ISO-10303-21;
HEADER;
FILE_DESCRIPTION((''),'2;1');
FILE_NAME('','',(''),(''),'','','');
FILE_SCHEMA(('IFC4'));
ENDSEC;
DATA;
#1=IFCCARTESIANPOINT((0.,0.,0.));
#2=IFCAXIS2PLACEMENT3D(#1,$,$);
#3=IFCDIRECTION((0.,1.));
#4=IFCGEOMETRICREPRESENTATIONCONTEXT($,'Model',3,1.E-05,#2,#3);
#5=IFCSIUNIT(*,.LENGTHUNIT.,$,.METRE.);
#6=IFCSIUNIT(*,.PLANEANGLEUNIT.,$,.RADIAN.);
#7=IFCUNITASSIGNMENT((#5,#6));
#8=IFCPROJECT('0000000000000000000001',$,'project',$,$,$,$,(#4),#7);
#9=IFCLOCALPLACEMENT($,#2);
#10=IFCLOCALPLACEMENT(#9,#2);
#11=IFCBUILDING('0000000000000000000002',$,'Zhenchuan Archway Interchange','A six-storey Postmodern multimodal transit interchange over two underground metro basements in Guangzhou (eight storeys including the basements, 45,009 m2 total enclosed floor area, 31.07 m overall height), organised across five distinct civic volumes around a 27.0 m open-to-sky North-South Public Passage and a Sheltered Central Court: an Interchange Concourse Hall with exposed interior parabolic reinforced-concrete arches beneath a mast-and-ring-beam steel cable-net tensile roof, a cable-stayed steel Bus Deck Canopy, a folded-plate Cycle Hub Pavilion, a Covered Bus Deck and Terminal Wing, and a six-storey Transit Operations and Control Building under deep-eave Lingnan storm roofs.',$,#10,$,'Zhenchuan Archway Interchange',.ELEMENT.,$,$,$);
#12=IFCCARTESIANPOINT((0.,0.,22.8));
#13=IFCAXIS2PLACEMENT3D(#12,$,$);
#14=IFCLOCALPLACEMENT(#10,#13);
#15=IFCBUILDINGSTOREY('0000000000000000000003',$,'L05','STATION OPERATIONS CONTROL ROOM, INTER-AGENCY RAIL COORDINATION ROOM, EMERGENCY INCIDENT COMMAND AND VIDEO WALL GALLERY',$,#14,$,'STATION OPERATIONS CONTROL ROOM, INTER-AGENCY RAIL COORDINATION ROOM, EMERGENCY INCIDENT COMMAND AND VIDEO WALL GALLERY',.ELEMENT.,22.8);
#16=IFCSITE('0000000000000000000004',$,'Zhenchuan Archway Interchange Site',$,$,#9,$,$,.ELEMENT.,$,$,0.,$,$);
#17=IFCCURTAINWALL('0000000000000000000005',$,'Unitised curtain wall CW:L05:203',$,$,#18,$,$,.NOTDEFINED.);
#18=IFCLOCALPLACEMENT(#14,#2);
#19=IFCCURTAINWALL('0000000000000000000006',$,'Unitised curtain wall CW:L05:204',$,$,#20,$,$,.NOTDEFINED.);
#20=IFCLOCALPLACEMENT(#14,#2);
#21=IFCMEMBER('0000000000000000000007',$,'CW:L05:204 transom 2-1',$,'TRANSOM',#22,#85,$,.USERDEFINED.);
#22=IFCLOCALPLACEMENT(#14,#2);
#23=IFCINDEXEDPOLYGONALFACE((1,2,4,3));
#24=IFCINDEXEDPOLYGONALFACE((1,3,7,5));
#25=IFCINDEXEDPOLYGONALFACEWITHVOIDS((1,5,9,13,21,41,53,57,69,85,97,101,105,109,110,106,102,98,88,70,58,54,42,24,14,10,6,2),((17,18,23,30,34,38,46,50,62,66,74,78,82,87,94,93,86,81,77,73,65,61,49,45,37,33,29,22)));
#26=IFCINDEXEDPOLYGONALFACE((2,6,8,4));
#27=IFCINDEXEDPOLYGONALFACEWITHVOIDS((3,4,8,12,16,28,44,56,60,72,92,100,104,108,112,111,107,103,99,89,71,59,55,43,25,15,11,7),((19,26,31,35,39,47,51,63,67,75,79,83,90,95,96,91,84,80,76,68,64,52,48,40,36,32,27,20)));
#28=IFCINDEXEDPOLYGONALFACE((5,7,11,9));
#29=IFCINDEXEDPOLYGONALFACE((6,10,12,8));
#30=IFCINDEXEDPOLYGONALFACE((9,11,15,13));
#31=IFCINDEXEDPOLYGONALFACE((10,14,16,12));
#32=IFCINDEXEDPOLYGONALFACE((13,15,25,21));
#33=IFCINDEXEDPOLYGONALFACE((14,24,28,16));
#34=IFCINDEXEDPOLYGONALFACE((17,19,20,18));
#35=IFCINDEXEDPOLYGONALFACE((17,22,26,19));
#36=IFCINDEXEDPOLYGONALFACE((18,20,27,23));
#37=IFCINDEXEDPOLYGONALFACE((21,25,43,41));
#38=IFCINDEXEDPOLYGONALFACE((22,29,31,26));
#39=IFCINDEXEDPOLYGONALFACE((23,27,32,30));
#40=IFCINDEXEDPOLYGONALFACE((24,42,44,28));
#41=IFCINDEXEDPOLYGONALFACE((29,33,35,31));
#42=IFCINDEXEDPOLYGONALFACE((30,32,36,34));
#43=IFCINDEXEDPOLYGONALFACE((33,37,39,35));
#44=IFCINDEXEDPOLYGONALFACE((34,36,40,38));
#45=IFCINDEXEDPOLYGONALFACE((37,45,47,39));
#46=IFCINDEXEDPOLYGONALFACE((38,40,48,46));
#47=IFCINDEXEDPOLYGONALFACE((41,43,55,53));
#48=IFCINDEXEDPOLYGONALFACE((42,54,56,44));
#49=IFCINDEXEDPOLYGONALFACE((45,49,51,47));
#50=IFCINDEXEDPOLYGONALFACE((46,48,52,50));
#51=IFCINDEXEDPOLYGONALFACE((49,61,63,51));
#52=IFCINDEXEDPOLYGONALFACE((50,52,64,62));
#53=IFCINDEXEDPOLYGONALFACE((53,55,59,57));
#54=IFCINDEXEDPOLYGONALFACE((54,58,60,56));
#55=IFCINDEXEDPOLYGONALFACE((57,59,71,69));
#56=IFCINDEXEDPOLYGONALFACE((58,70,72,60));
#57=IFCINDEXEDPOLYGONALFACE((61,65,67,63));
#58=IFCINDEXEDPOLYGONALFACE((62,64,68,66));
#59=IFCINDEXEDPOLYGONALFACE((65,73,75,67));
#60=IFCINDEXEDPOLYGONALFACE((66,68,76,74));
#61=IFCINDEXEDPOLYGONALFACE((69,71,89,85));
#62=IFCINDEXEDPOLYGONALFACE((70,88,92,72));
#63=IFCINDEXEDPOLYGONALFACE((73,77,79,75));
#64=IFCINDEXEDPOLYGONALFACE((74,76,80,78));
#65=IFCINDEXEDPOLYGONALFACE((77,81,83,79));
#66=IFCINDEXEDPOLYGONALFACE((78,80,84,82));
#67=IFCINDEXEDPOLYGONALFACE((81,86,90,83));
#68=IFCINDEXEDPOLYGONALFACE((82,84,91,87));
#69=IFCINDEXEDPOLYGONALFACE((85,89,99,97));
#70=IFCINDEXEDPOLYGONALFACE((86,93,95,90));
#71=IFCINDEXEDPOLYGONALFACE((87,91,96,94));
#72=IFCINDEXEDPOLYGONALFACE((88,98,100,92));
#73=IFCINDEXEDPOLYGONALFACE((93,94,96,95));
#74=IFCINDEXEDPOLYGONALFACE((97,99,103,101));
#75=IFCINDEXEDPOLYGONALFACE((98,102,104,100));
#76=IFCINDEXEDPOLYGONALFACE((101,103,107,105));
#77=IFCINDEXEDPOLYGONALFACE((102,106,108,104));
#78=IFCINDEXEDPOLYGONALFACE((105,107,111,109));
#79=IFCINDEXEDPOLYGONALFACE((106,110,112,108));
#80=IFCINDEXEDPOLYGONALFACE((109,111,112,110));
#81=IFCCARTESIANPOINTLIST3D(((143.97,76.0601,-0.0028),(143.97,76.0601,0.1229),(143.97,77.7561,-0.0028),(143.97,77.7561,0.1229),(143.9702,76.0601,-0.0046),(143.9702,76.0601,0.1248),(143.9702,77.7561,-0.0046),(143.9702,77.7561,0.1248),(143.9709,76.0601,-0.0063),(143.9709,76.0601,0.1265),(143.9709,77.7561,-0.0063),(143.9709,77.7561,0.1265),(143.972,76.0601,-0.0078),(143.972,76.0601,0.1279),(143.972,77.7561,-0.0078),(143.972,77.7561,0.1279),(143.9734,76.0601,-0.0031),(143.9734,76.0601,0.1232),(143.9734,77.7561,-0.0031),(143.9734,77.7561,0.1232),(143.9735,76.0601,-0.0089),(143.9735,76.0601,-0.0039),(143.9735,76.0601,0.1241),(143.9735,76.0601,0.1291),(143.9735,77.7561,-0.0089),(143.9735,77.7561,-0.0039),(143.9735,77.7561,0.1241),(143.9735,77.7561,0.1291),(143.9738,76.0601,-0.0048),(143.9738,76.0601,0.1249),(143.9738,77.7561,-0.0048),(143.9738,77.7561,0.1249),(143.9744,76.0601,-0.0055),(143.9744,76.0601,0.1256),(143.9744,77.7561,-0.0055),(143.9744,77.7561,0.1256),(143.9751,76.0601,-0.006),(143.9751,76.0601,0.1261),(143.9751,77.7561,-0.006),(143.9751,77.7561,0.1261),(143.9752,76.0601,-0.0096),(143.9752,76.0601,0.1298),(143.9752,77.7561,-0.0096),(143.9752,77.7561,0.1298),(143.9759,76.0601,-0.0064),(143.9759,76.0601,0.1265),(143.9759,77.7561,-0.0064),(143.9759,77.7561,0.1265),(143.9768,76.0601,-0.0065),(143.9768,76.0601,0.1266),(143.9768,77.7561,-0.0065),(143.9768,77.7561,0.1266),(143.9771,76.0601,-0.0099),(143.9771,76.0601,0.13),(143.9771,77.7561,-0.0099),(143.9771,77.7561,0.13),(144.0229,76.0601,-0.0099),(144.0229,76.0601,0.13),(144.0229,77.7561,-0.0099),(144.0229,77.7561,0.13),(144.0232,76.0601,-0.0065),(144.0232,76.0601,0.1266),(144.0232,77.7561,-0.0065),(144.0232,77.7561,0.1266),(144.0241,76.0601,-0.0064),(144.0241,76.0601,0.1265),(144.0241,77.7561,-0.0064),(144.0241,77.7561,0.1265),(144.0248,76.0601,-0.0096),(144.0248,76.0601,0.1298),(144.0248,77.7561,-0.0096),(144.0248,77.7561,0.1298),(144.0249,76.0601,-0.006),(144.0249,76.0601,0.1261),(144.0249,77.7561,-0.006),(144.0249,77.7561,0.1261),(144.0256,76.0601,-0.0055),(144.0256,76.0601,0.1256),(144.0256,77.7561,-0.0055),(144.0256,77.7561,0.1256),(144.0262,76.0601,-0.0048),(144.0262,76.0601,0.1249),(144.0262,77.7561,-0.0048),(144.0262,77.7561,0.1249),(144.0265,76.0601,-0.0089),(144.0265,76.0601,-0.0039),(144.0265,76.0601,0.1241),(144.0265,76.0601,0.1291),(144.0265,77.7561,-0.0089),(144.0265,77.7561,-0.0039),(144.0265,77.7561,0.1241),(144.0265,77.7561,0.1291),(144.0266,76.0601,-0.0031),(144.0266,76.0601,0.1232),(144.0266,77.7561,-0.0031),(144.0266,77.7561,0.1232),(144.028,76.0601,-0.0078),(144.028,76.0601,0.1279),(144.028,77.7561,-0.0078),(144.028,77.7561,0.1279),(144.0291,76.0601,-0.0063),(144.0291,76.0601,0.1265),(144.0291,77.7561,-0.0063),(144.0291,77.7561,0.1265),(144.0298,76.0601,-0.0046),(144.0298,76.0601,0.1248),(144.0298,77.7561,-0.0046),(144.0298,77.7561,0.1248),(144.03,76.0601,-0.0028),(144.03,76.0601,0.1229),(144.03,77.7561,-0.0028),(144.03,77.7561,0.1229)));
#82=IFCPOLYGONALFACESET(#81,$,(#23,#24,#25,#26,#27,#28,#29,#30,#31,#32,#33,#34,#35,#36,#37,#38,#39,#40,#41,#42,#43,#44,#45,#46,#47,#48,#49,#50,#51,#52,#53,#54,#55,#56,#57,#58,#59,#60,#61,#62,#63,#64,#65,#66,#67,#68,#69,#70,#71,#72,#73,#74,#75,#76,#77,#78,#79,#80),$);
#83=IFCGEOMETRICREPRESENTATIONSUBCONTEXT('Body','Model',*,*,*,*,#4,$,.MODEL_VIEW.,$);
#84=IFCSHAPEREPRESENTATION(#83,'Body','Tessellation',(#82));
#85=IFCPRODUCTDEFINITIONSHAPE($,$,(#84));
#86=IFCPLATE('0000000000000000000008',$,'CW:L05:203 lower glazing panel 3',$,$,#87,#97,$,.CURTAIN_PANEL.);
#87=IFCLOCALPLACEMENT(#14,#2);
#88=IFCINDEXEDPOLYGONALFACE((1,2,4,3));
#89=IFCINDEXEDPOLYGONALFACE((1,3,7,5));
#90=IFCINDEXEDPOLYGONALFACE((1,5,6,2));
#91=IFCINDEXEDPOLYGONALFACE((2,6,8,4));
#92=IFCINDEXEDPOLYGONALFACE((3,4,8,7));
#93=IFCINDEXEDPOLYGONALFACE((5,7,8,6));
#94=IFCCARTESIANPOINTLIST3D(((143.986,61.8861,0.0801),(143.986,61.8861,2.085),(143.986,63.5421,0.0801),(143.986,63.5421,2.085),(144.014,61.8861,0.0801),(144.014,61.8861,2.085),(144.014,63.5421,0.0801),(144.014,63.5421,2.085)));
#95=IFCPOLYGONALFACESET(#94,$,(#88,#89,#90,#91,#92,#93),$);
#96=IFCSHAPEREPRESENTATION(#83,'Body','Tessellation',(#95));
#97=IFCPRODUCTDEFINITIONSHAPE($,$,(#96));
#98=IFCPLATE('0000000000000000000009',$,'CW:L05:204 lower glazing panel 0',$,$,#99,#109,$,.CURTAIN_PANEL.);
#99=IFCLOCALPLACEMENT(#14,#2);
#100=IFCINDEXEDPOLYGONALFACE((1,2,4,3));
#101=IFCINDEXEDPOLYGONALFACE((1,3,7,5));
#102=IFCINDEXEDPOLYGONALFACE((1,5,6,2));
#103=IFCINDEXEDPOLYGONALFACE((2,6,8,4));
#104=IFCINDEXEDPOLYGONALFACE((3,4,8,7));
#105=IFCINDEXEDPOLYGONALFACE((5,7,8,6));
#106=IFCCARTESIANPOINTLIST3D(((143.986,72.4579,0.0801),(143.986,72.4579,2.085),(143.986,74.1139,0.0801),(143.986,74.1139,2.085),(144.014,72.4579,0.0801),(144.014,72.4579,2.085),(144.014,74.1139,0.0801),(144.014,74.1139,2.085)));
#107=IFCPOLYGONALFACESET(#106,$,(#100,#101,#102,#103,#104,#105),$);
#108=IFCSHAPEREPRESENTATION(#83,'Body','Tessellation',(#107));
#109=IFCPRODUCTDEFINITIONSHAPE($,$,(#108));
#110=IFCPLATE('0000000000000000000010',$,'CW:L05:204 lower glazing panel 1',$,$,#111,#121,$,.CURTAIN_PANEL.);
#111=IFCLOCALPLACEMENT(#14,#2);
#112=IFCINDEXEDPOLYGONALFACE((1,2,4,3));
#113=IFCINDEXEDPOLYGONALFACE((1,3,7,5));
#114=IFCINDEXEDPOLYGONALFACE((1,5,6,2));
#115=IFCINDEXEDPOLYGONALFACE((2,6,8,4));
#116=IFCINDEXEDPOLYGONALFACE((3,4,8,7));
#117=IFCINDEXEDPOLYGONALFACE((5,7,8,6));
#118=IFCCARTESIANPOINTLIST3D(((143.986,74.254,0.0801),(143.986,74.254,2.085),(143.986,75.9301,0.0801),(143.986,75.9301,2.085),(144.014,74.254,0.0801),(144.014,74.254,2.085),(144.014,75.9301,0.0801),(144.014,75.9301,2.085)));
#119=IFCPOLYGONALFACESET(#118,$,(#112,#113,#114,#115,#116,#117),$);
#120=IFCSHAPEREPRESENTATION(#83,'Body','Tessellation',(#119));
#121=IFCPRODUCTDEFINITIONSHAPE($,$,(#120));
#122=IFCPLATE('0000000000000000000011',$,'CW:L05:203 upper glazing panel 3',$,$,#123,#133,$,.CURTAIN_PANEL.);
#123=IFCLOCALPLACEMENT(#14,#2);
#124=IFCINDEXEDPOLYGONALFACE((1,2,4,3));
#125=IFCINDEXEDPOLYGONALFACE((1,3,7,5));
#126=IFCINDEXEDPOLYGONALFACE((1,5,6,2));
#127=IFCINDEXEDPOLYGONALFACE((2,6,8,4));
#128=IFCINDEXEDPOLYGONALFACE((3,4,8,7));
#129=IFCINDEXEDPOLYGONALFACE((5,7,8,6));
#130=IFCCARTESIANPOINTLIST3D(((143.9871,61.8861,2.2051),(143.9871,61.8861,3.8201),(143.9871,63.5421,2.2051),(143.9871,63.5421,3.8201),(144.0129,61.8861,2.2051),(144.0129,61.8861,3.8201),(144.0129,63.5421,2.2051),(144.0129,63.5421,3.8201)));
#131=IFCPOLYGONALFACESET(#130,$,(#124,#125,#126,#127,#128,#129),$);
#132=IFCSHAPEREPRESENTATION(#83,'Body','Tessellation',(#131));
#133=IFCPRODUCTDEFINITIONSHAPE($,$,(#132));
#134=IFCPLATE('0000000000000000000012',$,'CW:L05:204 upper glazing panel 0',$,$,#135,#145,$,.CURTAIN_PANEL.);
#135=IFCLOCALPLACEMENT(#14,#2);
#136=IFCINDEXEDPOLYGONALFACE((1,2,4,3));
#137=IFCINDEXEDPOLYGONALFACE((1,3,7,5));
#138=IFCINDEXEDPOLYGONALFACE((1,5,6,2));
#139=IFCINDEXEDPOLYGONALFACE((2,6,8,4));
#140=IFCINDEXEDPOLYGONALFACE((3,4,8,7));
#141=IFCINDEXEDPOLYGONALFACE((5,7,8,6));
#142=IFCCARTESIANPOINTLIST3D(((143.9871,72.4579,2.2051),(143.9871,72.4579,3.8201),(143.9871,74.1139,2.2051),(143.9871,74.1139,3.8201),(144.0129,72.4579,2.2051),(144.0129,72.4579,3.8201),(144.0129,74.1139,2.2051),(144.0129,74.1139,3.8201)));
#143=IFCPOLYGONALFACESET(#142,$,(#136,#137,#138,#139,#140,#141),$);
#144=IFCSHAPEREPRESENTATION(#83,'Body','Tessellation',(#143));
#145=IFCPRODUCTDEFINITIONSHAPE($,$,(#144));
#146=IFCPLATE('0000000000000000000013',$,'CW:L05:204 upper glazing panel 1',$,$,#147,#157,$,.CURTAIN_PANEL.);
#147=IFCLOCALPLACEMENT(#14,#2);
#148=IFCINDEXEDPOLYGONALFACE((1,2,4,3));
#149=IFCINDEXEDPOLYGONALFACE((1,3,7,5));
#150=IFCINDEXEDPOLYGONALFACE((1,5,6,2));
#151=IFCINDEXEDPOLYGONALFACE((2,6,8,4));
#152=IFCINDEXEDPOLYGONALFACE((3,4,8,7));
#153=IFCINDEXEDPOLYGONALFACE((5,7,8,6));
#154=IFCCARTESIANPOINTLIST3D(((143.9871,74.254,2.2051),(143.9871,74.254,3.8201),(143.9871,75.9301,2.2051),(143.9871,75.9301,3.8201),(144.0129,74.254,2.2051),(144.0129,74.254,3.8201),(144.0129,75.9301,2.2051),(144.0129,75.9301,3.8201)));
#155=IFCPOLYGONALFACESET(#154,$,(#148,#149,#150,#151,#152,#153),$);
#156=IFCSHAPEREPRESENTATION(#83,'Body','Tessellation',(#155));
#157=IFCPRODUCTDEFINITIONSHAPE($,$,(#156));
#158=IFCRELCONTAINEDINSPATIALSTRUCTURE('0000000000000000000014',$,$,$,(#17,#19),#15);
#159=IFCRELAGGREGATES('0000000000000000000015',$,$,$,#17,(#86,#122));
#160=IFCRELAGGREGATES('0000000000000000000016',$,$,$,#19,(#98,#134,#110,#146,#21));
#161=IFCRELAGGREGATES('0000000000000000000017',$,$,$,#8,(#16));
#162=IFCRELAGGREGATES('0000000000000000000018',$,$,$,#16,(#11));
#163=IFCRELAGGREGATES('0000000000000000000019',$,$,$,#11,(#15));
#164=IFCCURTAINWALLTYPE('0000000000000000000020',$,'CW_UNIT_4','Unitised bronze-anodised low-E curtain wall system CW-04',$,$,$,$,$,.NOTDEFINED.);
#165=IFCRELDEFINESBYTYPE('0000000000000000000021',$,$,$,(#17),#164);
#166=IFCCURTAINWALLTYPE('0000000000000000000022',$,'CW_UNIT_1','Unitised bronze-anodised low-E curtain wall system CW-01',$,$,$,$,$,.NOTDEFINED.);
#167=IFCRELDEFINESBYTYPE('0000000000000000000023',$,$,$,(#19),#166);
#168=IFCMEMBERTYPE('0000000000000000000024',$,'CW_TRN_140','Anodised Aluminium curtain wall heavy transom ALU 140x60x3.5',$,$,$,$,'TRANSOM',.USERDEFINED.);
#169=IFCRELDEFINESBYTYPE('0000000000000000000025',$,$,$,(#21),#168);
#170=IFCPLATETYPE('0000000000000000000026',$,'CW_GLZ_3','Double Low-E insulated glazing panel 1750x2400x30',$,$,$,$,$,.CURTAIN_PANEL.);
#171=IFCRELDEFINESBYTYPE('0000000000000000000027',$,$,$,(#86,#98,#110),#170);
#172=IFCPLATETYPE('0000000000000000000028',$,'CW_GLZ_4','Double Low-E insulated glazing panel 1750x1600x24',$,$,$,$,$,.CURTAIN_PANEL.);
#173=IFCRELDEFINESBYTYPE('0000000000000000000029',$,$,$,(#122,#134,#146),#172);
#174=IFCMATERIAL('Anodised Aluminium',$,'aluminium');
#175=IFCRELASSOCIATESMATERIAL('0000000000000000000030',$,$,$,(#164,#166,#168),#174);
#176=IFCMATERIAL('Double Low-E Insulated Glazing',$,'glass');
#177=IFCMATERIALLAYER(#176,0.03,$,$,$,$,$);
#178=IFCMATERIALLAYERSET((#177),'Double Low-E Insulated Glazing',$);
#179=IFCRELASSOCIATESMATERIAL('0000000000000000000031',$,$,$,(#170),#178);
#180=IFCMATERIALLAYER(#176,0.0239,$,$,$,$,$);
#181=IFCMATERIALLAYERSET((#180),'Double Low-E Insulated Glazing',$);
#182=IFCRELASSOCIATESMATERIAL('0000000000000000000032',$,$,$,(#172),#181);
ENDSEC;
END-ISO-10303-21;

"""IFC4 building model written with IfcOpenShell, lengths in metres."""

from ifc_helpers import new_model, si_unit, direction, frame, origin, origin_2d, place, context, subcontext, project, spatial, rectangle, hollow_rectangle, extrude, material, layer, layer_set, material_profile, profile_set, type_object, element, aggregate, save


model = new_model("IFC4")

# Units and contexts
model_context = context("Model", 3, precision=1e-05, world=origin(), true_north=direction((0.0, 1.0)))
body_context = subcontext(model_context, "Body", "Model", "MODEL_VIEW")
ifc_project = project(units=[si_unit("LENGTHUNIT", "METRE"), si_unit("PLANEANGLEUNIT", "RADIAN")], contexts=[model_context])

# Site, building, storey
site_placement = place(None, origin())
site = spatial("IfcSite", under=ifc_project, at=site_placement, Name="Zhenchuan Archway Interchange Site", CompositionType="ELEMENT", RefElevation=0.0)
building_placement = place(site_placement, origin())
building = spatial("IfcBuilding", under=site, at=building_placement, Name="Zhenchuan Archway Interchange", Description="A six-storey Postmodern multimodal transit interchange over two underground metro basements in Guangzhou (eight storeys including the basements, 45,009 m2 total enclosed floor area, 31.07 m overall height), organised across five distinct civic volumes around a 27.0 m open-to-sky North-South Public Passage and a Sheltered Central Court: an Interchange Concourse Hall with exposed interior parabolic reinforced-concrete arches beneath a mast-and-ring-beam steel cable-net tensile roof, a cable-stayed steel Bus Deck Canopy, a folded-plate Cycle Hub Pavilion, a Covered Bus Deck and Terminal Wing, and a six-storey Transit Operations and Control Building under deep-eave Lingnan storm roofs.", LongName="Zhenchuan Archway Interchange", CompositionType="ELEMENT")
storey_placement = place(building_placement, frame((0.0, 0.0, 22.8)))
storey = spatial("IfcBuildingStorey", under=building, at=storey_placement, Name="L05", Description="STATION OPERATIONS CONTROL ROOM, INTER-AGENCY RAIL COORDINATION ROOM, EMERGENCY INCIDENT COMMAND AND VIDEO WALL GALLERY", LongName="STATION OPERATIONS CONTROL ROOM, INTER-AGENCY RAIL COORDINATION ROOM, EMERGENCY INCIDENT COMMAND AND VIDEO WALL GALLERY", CompositionType="ELEMENT", Elevation=22.8)

# Curtain wall
ifc_material_1 = material(Name="Anodised Aluminium", Category="aluminium")
curtain_wall_type_1 = type_object("IfcCurtainWallType", Name="CW_UNIT_4", Description="Unitised bronze-anodised low-E curtain wall system CW-04", PredefinedType="NOTDEFINED", material=ifc_material_1)
curtain_wall_1_placement = place(storey_placement, origin())
curtain_wall_1 = element("IfcCurtainWall", 1, at=curtain_wall_1_placement, inside=storey, type_object=curtain_wall_type_1, Name="Unitised curtain wall CW:L05:203", PredefinedType="NOTDEFINED")

# Curtain wall
curtain_wall_type_2 = type_object("IfcCurtainWallType", Name="CW_UNIT_1", Description="Unitised bronze-anodised low-E curtain wall system CW-01", PredefinedType="NOTDEFINED", material=ifc_material_1)
curtain_wall_2_placement = place(storey_placement, origin())
curtain_wall_2 = element("IfcCurtainWall", 2, at=curtain_wall_2_placement, inside=storey, type_object=curtain_wall_type_2, Name="Unitised curtain wall CW:L05:204", PredefinedType="NOTDEFINED")

# Member
ifc_material_profile_1 = material_profile(ifc_material_1, hollow_rectangle(XDim=0.0601, YDim=0.1399, WallThickness=0.0034, InnerFilletRadius=0.0034, OuterFilletRadius=0.0071, at=origin_2d()), Name="ALU 140x60x3.5")
ifc_profile_set_1 = profile_set([ifc_material_profile_1], Name="Anodised Aluminium")
member_type_1 = type_object("IfcMemberType", Name="CW_TRN_140", Description="Anodised Aluminium curtain wall heavy transom ALU 140x60x3.5", ElementType="TRANSOM", PredefinedType="USERDEFINED", material=ifc_profile_set_1)
member_1_placement = place(storey_placement, frame((144.0, 76.0601, 0.0601), z_axis=(0.0, 1.0, 0.0), x_axis=(-1.0, 0.0, 0.0)))
member_1 = element("IfcMember", 3, at=member_1_placement, type_object=member_type_1, Name="CW:L05:204 transom 2-1", ObjectType="TRANSOM", PredefinedType="USERDEFINED", context=body_context, shape_type="SweptSolid", body=[
    extrude(hollow_rectangle(XDim=0.0601, YDim=0.1399, WallThickness=0.0034, InnerFilletRadius=0.0034, OuterFilletRadius=0.0071, at=origin_2d()), origin(), (0.0, 0.0, 1.0), 1.696),
])

# Plates
ifc_material_2 = material(Name="Double Low-E Insulated Glazing", Category="glass")
ifc_layer_1 = layer(ifc_material_2, 0.03)
ifc_layer_set_1 = layer_set([ifc_layer_1], Name="Double Low-E Insulated Glazing")
plate_type_1 = type_object("IfcPlateType", Name="CW_GLZ_3", Description="Double Low-E insulated glazing panel 1750x2400x30", PredefinedType="CURTAIN_PANEL", material=ifc_layer_set_1)
plate_1_placement = place(storey_placement, frame((144.0, 62.7141, 0.0801), z_axis=(0.0, 0.0, 1.0), x_axis=(0.0, 1.0, 0.0)))
plate_1 = element("IfcPlate", 4, at=plate_1_placement, type_object=plate_type_1, Name="CW:L05:203 lower glazing panel 3", PredefinedType="CURTAIN_PANEL", context=body_context, shape_type="SweptSolid", body=[
    extrude(rectangle(XDim=1.656, YDim=0.0281, at=origin_2d()), origin(), (0.0, 0.0, 1.0), 2.0049),
])
plate_2_placement = place(storey_placement, frame((144.0, 73.2859, 0.0801), z_axis=(0.0, 0.0, 1.0), x_axis=(0.0, 1.0, 0.0)))
plate_2 = element("IfcPlate", 5, at=plate_2_placement, type_object=plate_type_1, Name="CW:L05:204 lower glazing panel 0", PredefinedType="CURTAIN_PANEL", context=body_context, shape_type="SweptSolid", body=[
    extrude(rectangle(XDim=1.656, YDim=0.0281, at=origin_2d()), origin(), (0.0, 0.0, 1.0), 2.0049),
])
plate_3_placement = place(storey_placement, frame((144.0, 75.092, 0.0801), z_axis=(0.0, 0.0, 1.0), x_axis=(0.0, 1.0, 0.0)))
plate_3 = element("IfcPlate", 6, at=plate_3_placement, type_object=plate_type_1, Name="CW:L05:204 lower glazing panel 1", PredefinedType="CURTAIN_PANEL", context=body_context, shape_type="SweptSolid", body=[
    extrude(rectangle(XDim=1.676, YDim=0.0281, at=origin_2d()), origin(), (0.0, 0.0, 1.0), 2.0049),
])
ifc_layer_2 = layer(ifc_material_2, 0.0239)
ifc_layer_set_2 = layer_set([ifc_layer_2], Name="Double Low-E Insulated Glazing")
plate_type_2 = type_object("IfcPlateType", Name="CW_GLZ_4", Description="Double Low-E insulated glazing panel 1750x1600x24", PredefinedType="CURTAIN_PANEL", material=ifc_layer_set_2)
plate_4_placement = place(storey_placement, frame((144.0, 62.7141, 2.2051), z_axis=(0.0, 0.0, 1.0), x_axis=(0.0, 1.0, 0.0)))
plate_4 = element("IfcPlate", 7, at=plate_4_placement, type_object=plate_type_2, Name="CW:L05:203 upper glazing panel 3", PredefinedType="CURTAIN_PANEL", context=body_context, shape_type="SweptSolid", body=[
    extrude(rectangle(XDim=1.656, YDim=0.0259, at=origin_2d()), origin(), (0.0, 0.0, 1.0), 1.615),
])
aggregate(curtain_wall_1, [plate_1, plate_4])
plate_5_placement = place(storey_placement, frame((144.0, 73.2859, 2.2051), z_axis=(0.0, 0.0, 1.0), x_axis=(0.0, 1.0, 0.0)))
plate_5 = element("IfcPlate", 8, at=plate_5_placement, type_object=plate_type_2, Name="CW:L05:204 upper glazing panel 0", PredefinedType="CURTAIN_PANEL", context=body_context, shape_type="SweptSolid", body=[
    extrude(rectangle(XDim=1.656, YDim=0.0259, at=origin_2d()), origin(), (0.0, 0.0, 1.0), 1.615),
])
plate_6_placement = place(storey_placement, frame((144.0, 75.092, 2.2051), z_axis=(0.0, 0.0, 1.0), x_axis=(0.0, 1.0, 0.0)))
plate_6 = element("IfcPlate", 9, at=plate_6_placement, type_object=plate_type_2, Name="CW:L05:204 upper glazing panel 1", PredefinedType="CURTAIN_PANEL", context=body_context, shape_type="SweptSolid", body=[
    extrude(rectangle(XDim=1.676, YDim=0.0259, at=origin_2d()), origin(), (0.0, 0.0, 1.0), 1.615),
])
aggregate(curtain_wall_2, [plate_2, plate_5, plate_3, plate_6, member_1])

save(model, "model.ifc")
